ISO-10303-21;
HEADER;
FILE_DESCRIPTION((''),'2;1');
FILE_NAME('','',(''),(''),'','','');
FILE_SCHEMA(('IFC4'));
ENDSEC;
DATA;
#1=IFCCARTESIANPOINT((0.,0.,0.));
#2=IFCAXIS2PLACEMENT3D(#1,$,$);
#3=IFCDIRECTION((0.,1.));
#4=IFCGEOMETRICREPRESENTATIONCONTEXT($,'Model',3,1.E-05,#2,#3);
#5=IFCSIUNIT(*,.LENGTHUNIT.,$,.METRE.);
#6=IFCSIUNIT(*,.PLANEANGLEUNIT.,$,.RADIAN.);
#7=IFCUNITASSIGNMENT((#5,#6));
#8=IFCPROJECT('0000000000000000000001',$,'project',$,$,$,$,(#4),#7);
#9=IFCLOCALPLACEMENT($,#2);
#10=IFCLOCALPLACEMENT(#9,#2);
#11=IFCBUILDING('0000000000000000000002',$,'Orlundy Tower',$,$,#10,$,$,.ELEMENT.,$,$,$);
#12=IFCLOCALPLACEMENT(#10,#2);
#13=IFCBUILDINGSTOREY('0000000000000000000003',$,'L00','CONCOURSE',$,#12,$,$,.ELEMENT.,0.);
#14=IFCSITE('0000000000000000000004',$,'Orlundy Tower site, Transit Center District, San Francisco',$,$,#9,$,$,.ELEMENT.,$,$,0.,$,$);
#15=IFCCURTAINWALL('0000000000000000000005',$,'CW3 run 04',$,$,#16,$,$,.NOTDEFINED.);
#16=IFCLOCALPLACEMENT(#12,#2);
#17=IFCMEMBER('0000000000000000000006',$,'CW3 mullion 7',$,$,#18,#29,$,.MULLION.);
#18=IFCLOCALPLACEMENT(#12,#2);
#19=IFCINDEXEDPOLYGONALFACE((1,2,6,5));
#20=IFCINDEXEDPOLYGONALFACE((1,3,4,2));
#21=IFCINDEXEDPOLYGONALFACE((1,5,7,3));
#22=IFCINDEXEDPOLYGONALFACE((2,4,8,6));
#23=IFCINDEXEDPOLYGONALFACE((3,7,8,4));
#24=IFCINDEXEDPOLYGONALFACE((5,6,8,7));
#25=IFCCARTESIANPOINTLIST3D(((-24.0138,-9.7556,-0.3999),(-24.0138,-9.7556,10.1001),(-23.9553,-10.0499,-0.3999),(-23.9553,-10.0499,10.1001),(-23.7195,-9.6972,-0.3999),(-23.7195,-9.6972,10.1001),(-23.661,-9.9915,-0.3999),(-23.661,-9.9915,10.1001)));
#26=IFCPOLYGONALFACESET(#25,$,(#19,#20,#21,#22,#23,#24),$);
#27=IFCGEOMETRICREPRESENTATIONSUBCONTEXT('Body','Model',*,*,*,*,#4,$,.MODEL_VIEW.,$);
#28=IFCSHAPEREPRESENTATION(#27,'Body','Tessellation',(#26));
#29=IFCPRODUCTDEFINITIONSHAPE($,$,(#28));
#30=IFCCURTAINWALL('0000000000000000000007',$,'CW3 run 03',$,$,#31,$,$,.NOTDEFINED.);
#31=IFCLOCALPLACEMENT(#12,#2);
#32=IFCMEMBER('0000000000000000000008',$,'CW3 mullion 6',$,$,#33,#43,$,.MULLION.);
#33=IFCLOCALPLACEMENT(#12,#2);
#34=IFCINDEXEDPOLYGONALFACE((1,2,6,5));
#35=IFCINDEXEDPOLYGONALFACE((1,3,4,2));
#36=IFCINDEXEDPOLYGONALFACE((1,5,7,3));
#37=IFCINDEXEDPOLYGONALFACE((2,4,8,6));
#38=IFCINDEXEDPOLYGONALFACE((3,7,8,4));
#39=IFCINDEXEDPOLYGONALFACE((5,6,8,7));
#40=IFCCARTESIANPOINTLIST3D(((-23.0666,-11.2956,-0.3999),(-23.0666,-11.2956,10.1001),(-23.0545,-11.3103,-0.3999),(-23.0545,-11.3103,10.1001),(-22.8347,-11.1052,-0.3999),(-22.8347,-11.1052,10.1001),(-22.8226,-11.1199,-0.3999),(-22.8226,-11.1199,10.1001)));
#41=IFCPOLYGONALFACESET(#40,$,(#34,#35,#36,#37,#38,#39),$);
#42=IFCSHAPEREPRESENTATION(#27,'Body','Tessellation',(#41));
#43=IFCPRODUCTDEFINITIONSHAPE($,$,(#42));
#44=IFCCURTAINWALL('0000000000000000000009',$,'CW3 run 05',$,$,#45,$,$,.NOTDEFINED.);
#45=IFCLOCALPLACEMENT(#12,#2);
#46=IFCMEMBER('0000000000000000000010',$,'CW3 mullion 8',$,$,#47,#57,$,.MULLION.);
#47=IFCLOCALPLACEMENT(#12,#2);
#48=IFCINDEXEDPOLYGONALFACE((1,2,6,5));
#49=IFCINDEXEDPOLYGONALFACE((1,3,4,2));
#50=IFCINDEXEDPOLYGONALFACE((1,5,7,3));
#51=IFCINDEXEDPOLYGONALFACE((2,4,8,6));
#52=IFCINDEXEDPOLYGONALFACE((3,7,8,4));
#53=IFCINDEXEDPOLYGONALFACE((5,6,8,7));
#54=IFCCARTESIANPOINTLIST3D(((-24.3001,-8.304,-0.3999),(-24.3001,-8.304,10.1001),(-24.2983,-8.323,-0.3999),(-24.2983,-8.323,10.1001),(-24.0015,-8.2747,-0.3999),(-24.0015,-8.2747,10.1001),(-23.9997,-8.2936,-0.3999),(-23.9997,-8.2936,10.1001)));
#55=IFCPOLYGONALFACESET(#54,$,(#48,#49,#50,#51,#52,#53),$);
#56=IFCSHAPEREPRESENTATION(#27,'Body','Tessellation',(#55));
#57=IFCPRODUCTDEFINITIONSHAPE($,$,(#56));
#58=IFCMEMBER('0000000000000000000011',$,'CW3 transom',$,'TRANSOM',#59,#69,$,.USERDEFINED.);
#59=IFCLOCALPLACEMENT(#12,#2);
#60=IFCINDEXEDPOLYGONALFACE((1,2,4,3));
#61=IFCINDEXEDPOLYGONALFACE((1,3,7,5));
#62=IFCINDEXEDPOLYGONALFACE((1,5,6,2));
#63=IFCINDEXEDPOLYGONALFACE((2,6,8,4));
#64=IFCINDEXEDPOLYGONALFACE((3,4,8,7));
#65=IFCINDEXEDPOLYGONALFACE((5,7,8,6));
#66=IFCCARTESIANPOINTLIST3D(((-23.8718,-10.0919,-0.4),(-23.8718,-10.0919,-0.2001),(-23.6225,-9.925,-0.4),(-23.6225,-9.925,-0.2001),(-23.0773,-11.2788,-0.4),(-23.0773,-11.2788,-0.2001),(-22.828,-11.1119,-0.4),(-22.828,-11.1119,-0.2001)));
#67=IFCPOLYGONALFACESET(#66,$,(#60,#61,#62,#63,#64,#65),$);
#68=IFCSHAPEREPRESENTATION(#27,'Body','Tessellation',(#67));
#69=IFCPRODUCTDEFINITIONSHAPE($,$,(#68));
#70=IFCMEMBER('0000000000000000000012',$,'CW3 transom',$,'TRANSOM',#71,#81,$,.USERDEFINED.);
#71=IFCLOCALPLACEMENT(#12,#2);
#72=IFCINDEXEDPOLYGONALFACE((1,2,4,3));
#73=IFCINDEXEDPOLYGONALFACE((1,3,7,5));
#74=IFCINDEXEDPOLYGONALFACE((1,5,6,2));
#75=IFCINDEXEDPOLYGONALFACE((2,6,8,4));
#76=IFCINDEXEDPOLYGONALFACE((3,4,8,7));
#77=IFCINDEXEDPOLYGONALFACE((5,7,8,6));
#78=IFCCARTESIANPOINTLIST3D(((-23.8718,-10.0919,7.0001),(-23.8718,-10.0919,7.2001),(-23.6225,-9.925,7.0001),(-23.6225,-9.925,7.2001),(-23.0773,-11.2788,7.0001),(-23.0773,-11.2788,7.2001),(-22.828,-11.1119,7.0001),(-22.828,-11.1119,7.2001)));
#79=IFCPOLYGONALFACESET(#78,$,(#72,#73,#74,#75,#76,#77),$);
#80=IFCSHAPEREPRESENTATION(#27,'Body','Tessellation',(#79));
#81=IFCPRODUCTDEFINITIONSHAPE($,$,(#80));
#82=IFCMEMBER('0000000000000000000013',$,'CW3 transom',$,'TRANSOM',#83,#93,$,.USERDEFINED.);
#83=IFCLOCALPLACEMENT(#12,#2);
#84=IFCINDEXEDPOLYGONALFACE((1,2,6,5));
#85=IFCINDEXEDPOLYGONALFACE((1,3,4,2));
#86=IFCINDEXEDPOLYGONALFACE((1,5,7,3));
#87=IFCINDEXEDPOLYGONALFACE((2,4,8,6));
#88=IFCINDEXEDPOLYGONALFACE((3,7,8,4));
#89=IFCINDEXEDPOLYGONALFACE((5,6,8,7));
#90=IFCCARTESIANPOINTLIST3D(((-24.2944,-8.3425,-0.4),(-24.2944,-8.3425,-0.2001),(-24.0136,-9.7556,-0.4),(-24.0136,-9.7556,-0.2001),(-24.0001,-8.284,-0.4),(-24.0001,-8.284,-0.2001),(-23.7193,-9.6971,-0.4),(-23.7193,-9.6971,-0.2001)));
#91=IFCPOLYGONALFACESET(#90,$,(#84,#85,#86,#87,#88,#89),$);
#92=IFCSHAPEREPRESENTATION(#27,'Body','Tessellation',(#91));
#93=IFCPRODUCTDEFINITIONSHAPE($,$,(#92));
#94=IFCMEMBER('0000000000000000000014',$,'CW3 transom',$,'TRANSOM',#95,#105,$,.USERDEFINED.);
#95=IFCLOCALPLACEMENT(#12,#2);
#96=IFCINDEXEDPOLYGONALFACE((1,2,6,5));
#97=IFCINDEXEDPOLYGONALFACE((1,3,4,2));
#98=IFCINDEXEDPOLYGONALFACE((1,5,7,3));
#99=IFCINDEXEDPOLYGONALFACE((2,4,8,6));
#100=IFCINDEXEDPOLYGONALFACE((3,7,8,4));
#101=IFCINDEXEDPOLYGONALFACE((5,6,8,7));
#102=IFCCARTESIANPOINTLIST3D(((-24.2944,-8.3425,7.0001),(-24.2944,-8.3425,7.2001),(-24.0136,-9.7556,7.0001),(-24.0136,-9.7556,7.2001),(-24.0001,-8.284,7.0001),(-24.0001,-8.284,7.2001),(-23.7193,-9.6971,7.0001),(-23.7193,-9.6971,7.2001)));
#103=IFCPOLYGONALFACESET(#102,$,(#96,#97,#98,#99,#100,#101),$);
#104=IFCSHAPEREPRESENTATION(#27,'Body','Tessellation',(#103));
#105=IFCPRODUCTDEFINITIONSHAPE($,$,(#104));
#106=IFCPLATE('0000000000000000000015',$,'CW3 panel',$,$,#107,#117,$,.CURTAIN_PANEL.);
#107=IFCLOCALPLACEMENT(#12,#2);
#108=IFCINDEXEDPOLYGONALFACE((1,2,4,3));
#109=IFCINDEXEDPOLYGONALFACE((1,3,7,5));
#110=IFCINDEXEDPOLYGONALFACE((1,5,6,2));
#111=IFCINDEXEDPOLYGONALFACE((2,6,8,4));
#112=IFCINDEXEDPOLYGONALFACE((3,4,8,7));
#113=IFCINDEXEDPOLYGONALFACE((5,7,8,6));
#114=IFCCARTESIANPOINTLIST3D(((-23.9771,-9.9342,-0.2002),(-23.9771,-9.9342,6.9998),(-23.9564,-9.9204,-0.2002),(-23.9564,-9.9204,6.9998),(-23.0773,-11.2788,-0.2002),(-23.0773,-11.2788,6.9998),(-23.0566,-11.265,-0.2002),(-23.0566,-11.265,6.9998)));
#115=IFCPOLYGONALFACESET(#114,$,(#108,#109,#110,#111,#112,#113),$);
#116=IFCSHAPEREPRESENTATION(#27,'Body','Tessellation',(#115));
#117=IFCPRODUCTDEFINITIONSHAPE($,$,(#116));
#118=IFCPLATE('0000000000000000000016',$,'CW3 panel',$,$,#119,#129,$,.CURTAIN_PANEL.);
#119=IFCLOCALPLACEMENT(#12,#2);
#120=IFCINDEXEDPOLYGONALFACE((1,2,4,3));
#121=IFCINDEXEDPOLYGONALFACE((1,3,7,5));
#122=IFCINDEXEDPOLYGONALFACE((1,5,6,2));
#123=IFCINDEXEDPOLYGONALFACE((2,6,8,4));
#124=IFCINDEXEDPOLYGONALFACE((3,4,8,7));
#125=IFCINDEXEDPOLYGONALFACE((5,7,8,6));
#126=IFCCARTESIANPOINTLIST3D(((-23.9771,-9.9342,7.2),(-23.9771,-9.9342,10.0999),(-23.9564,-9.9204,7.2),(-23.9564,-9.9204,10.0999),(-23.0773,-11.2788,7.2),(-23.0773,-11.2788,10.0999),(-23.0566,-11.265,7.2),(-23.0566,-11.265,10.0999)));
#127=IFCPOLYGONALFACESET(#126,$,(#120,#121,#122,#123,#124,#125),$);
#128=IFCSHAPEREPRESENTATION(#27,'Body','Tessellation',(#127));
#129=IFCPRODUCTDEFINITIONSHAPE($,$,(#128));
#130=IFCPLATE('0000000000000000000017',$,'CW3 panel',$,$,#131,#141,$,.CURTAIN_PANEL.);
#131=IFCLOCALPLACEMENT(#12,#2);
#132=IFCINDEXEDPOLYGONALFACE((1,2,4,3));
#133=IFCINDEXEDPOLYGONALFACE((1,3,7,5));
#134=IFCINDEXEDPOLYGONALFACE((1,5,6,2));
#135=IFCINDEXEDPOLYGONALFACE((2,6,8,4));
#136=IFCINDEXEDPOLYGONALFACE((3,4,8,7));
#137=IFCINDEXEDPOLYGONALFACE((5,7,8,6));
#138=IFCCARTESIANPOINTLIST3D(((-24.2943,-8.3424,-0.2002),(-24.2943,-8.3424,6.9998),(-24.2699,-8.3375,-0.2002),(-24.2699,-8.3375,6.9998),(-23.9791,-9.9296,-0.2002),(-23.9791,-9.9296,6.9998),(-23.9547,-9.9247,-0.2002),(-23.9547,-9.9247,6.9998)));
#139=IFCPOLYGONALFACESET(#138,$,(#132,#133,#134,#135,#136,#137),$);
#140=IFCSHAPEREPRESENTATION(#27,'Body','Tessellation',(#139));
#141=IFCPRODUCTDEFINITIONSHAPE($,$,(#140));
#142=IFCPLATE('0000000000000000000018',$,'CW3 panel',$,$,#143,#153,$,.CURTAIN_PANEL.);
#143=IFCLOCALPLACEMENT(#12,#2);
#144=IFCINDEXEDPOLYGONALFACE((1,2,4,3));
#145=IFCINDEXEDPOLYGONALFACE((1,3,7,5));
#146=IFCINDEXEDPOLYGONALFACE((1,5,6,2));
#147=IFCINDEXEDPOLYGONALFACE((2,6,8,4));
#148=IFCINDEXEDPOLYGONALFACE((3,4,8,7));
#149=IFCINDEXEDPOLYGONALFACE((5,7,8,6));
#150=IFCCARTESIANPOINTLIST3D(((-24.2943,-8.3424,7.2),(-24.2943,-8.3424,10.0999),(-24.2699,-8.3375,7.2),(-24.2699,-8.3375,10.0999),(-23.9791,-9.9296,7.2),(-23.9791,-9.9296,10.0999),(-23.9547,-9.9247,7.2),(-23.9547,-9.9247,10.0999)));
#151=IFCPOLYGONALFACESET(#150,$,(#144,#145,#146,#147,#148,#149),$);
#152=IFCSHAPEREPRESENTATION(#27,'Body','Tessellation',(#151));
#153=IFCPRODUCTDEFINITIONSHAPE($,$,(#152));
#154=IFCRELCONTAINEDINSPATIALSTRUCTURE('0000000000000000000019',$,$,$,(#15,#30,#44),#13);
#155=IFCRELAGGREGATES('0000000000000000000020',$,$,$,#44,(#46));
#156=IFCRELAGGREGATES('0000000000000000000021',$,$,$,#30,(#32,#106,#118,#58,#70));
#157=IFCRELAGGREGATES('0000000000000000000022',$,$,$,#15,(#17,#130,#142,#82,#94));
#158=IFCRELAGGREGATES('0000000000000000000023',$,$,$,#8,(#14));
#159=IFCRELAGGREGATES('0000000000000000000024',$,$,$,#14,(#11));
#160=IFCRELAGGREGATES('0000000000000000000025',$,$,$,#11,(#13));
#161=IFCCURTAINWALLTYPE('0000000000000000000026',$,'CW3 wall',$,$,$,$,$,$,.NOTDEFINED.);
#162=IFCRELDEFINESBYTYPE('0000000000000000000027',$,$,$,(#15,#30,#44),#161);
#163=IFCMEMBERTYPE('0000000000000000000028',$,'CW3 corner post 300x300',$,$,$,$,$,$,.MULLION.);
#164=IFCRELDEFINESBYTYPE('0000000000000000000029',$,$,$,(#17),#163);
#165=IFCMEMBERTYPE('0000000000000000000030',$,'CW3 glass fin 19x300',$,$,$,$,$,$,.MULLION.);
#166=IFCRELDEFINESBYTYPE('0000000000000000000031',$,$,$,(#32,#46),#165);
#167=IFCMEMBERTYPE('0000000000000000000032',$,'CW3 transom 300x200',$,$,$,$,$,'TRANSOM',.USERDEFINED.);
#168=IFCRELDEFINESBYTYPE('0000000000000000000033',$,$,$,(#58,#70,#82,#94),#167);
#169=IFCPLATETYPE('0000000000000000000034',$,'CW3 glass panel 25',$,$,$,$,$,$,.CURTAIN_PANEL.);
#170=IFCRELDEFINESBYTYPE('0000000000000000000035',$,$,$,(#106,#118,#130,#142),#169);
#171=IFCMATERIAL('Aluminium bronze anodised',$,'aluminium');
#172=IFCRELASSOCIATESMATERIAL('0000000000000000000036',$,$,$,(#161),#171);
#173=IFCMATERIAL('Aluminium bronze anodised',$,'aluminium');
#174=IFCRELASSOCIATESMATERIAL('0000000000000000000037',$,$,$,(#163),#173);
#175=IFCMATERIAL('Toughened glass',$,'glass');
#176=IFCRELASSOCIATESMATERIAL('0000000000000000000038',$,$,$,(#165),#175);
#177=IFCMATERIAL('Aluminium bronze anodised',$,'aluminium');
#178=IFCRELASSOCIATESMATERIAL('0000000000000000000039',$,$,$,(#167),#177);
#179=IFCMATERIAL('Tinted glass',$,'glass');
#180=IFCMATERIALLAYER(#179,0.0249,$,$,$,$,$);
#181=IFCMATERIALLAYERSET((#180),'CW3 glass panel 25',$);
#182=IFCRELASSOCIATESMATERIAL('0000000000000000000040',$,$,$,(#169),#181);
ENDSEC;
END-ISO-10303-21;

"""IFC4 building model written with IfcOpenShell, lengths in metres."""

from ifc_helpers import new_model, si_unit, direction, frame, origin, origin_2d, place, context, subcontext, project, spatial, rectangle, extrude, material, layer, layer_set, material_profile, profile_set, type_object, element, aggregate, save


model = new_model("IFC4")

# Units and contexts
model_context = context("Model", 3, precision=1e-05, world=origin(), true_north=direction((0.0, 1.0)))
body_context = subcontext(model_context, "Body", "Model", "MODEL_VIEW")
ifc_project = project(units=[si_unit("LENGTHUNIT", "METRE"), si_unit("PLANEANGLEUNIT", "RADIAN")], contexts=[model_context])

# Site, building, storey
site_placement = place(None, origin())
site = spatial("IfcSite", under=ifc_project, at=site_placement, Name="Orlundy Tower site, Transit Center District, San Francisco", CompositionType="ELEMENT", RefElevation=0.0)
building_placement = place(site_placement, origin())
building = spatial("IfcBuilding", under=site, at=building_placement, Name="Orlundy Tower", CompositionType="ELEMENT")
storey_placement = place(building_placement, origin())
storey = spatial("IfcBuildingStorey", under=building, at=storey_placement, Name="L00", Description="CONCOURSE", CompositionType="ELEMENT", Elevation=0.0)

# Curtain walls, members
ifc_material_1 = material(Name="Aluminium bronze anodised", Category="aluminium")
curtain_wall_type = type_object("IfcCurtainWallType", Name="CW3 wall", PredefinedType="NOTDEFINED", material=ifc_material_1)
curtain_wall_1_placement = place(storey_placement, origin())
curtain_wall_1 = element("IfcCurtainWall", 1, at=curtain_wall_1_placement, inside=storey, type_object=curtain_wall_type, Name="CW3 run 04", PredefinedType="NOTDEFINED")
ifc_material_2 = material(Name="Aluminium bronze anodised", Category="aluminium")
ifc_material_profile_1 = material_profile(ifc_material_2, rectangle(XDim=0.3, YDim=0.3, at=origin_2d()), Name="CW3 corner post 300x300")
ifc_profile_set_1 = profile_set([ifc_material_profile_1], Name="Aluminium bronze anodised")
member_type_1 = type_object("IfcMemberType", Name="CW3 corner post 300x300", PredefinedType="MULLION", material=ifc_profile_set_1)
member_1_placement = place(storey_placement, frame((-23.8374, -9.8735, -0.3999), z_axis=(0.0, 0.0, 1.0), x_axis=(-0.980851, -0.194761, 0.0)))
member_1 = element("IfcMember", 2, at=member_1_placement, type_object=member_type_1, Name="CW3 mullion 7", PredefinedType="MULLION", context=body_context, shape_type="SweptSolid", body=[
    extrude(rectangle(XDim=0.3, YDim=0.3, at=origin_2d()), origin(), (0.0, 0.0, 1.0), 10.5),
])
curtain_wall_2_placement = place(storey_placement, origin())
curtain_wall_2 = element("IfcCurtainWall", 3, at=curtain_wall_2_placement, inside=storey, type_object=curtain_wall_type, Name="CW3 run 03", PredefinedType="NOTDEFINED")
ifc_material_3 = material(Name="Toughened glass", Category="glass")
ifc_material_profile_2 = material_profile(ifc_material_3, rectangle(XDim=0.3, YDim=0.019, at=origin_2d()), Name="CW3 glass fin 19x300")
ifc_profile_set_2 = profile_set([ifc_material_profile_2], Name="Toughened glass")
member_type_2 = type_object("IfcMemberType", Name="CW3 glass fin 19x300", PredefinedType="MULLION", material=ifc_profile_set_2)
member_2_placement = place(storey_placement, frame((-22.9446, -11.2078, -0.3999), z_axis=(0.0, 0.0, 1.0), x_axis=(-0.772778, -0.634676, 0.0)))
member_2 = element("IfcMember", 4, at=member_2_placement, type_object=member_type_2, Name="CW3 mullion 6", PredefinedType="MULLION", context=body_context, shape_type="SweptSolid", body=[
    extrude(rectangle(XDim=0.3, YDim=0.019, at=origin_2d()), origin(), (0.0, 0.0, 1.0), 10.5),
])
curtain_wall_3_placement = place(storey_placement, origin())
curtain_wall_3 = element("IfcCurtainWall", 5, at=curtain_wall_3_placement, inside=storey, type_object=curtain_wall_type, Name="CW3 run 05", PredefinedType="NOTDEFINED")
member_3_placement = place(storey_placement, frame((-24.1499, -8.2988, -0.3999), z_axis=(0.0, 0.0, 1.0), x_axis=(-0.995201, -0.09785, 0.0)))
member_3 = element("IfcMember", 6, at=member_3_placement, type_object=member_type_2, Name="CW3 mullion 8", PredefinedType="MULLION", context=body_context, shape_type="SweptSolid", body=[
    extrude(rectangle(XDim=0.3, YDim=0.019, at=origin_2d()), origin(), (0.0, 0.0, 1.0), 10.5),
])
aggregate(curtain_wall_3, [member_3])

# Members
ifc_material_4 = material(Name="Aluminium bronze anodised", Category="aluminium")
ifc_material_profile_3 = material_profile(ifc_material_4, rectangle(XDim=0.3, YDim=0.2, at=origin_2d()), Name="CW3 transom 300x200")
ifc_profile_set_3 = profile_set([ifc_material_profile_3], Name="Aluminium bronze anodised")
member_type_3 = type_object("IfcMemberType", Name="CW3 transom 300x200", ElementType="TRANSOM", PredefinedType="USERDEFINED", material=ifc_profile_set_3)
member_4_placement = place(storey_placement, frame((-22.9526, -11.1953, -0.3), z_axis=(-0.556277, 0.830997, 0.0), x_axis=(-0.830997, -0.556277, 0.0)))
member_4 = element("IfcMember", 7, at=member_4_placement, type_object=member_type_3, Name="CW3 transom", ObjectType="TRANSOM", PredefinedType="USERDEFINED", context=body_context, shape_type="SweptSolid", body=[
    extrude(rectangle(XDim=0.3, YDim=0.2, at=origin_2d()), origin(), (0.0, 0.0, 1.0), 1.4282),
])
member_5_placement = place(storey_placement, frame((-22.9526, -11.1953, 7.1001), z_axis=(-0.556277, 0.830997, 0.0), x_axis=(-0.830997, -0.556277, 0.0)))
member_5 = element("IfcMember", 8, at=member_5_placement, type_object=member_type_3, Name="CW3 transom", ObjectType="TRANSOM", PredefinedType="USERDEFINED", context=body_context, shape_type="SweptSolid", body=[
    extrude(rectangle(XDim=0.3, YDim=0.2, at=origin_2d()), origin(), (0.0, 0.0, 1.0), 1.4282),
])
member_6_placement = place(storey_placement, frame((-23.8665, -9.7263, -0.3), z_axis=(-0.194878, 0.980828, 0.0), x_axis=(-0.980828, -0.194878, 0.0)))
member_6 = element("IfcMember", 9, at=member_6_placement, type_object=member_type_3, Name="CW3 transom", ObjectType="TRANSOM", PredefinedType="USERDEFINED", context=body_context, shape_type="SweptSolid", body=[
    extrude(rectangle(XDim=0.3, YDim=0.2, at=origin_2d()), origin(), (0.0, 0.0, 1.0), 1.4407),
])
member_7_placement = place(storey_placement, frame((-23.8665, -9.7263, 7.1001), z_axis=(-0.194878, 0.980828, 0.0), x_axis=(-0.980828, -0.194878, 0.0)))
member_7 = element("IfcMember", 10, at=member_7_placement, type_object=member_type_3, Name="CW3 transom", ObjectType="TRANSOM", PredefinedType="USERDEFINED", context=body_context, shape_type="SweptSolid", body=[
    extrude(rectangle(XDim=0.3, YDim=0.2, at=origin_2d()), origin(), (0.0, 0.0, 1.0), 1.4407),
])

# Plates
ifc_material_5 = material(Name="Tinted glass", Category="glass")
ifc_layer_1 = layer(ifc_material_5, 0.0249)
ifc_layer_set_1 = layer_set([ifc_layer_1], Name="CW3 glass panel 25")
plate_type = type_object("IfcPlateType", Name="CW3 glass panel 25", PredefinedType="CURTAIN_PANEL", material=ifc_layer_set_1)
plate_1_placement = place(storey_placement, frame((-23.5168, -10.5996, -0.2002), z_axis=(0.0, 0.0, 1.0), x_axis=(-0.556178, 0.831063, 0.0)))
plate_1 = element("IfcPlate", 11, at=plate_1_placement, type_object=plate_type, Name="CW3 panel", PredefinedType="CURTAIN_PANEL", context=body_context, shape_type="SweptSolid", body=[
    extrude(rectangle(XDim=1.6179, YDim=0.0249, at=origin_2d()), origin(), (0.0, 0.0, 1.0), 7.2),
])
plate_2_placement = place(storey_placement, frame((-23.5168, -10.5996, 7.2), z_axis=(0.0, 0.0, 1.0), x_axis=(-0.556178, 0.831063, 0.0)))
plate_2 = element("IfcPlate", 12, at=plate_2_placement, type_object=plate_type, Name="CW3 panel", PredefinedType="CURTAIN_PANEL", context=body_context, shape_type="SweptSolid", body=[
    extrude(rectangle(XDim=1.6179, YDim=0.0249, at=origin_2d()), origin(), (0.0, 0.0, 1.0), 2.8999),
])
aggregate(curtain_wall_2, [member_2, plate_1, plate_2, member_4, member_5])
plate_3_placement = place(storey_placement, frame((-24.1245, -9.1335, -0.2002), z_axis=(0.0, 0.0, 1.0), x_axis=(-0.194761, 0.980851, 0.0)))
plate_3 = element("IfcPlate", 13, at=plate_3_placement, type_object=plate_type, Name="CW3 panel", PredefinedType="CURTAIN_PANEL", context=body_context, shape_type="SweptSolid", body=[
    extrude(rectangle(XDim=1.6182, YDim=0.0249, at=origin_2d()), origin(), (0.0, 0.0, 1.0), 7.2),
])
plate_4_placement = place(storey_placement, frame((-24.1245, -9.1335, 7.2), z_axis=(0.0, 0.0, 1.0), x_axis=(-0.194761, 0.980851, 0.0)))
plate_4 = element("IfcPlate", 14, at=plate_4_placement, type_object=plate_type, Name="CW3 panel", PredefinedType="CURTAIN_PANEL", context=body_context, shape_type="SweptSolid", body=[
    extrude(rectangle(XDim=1.6182, YDim=0.0249, at=origin_2d()), origin(), (0.0, 0.0, 1.0), 2.8999),
])
aggregate(curtain_wall_1, [member_1, plate_3, plate_4, member_6, member_7])

save(model, "model.ifc")
